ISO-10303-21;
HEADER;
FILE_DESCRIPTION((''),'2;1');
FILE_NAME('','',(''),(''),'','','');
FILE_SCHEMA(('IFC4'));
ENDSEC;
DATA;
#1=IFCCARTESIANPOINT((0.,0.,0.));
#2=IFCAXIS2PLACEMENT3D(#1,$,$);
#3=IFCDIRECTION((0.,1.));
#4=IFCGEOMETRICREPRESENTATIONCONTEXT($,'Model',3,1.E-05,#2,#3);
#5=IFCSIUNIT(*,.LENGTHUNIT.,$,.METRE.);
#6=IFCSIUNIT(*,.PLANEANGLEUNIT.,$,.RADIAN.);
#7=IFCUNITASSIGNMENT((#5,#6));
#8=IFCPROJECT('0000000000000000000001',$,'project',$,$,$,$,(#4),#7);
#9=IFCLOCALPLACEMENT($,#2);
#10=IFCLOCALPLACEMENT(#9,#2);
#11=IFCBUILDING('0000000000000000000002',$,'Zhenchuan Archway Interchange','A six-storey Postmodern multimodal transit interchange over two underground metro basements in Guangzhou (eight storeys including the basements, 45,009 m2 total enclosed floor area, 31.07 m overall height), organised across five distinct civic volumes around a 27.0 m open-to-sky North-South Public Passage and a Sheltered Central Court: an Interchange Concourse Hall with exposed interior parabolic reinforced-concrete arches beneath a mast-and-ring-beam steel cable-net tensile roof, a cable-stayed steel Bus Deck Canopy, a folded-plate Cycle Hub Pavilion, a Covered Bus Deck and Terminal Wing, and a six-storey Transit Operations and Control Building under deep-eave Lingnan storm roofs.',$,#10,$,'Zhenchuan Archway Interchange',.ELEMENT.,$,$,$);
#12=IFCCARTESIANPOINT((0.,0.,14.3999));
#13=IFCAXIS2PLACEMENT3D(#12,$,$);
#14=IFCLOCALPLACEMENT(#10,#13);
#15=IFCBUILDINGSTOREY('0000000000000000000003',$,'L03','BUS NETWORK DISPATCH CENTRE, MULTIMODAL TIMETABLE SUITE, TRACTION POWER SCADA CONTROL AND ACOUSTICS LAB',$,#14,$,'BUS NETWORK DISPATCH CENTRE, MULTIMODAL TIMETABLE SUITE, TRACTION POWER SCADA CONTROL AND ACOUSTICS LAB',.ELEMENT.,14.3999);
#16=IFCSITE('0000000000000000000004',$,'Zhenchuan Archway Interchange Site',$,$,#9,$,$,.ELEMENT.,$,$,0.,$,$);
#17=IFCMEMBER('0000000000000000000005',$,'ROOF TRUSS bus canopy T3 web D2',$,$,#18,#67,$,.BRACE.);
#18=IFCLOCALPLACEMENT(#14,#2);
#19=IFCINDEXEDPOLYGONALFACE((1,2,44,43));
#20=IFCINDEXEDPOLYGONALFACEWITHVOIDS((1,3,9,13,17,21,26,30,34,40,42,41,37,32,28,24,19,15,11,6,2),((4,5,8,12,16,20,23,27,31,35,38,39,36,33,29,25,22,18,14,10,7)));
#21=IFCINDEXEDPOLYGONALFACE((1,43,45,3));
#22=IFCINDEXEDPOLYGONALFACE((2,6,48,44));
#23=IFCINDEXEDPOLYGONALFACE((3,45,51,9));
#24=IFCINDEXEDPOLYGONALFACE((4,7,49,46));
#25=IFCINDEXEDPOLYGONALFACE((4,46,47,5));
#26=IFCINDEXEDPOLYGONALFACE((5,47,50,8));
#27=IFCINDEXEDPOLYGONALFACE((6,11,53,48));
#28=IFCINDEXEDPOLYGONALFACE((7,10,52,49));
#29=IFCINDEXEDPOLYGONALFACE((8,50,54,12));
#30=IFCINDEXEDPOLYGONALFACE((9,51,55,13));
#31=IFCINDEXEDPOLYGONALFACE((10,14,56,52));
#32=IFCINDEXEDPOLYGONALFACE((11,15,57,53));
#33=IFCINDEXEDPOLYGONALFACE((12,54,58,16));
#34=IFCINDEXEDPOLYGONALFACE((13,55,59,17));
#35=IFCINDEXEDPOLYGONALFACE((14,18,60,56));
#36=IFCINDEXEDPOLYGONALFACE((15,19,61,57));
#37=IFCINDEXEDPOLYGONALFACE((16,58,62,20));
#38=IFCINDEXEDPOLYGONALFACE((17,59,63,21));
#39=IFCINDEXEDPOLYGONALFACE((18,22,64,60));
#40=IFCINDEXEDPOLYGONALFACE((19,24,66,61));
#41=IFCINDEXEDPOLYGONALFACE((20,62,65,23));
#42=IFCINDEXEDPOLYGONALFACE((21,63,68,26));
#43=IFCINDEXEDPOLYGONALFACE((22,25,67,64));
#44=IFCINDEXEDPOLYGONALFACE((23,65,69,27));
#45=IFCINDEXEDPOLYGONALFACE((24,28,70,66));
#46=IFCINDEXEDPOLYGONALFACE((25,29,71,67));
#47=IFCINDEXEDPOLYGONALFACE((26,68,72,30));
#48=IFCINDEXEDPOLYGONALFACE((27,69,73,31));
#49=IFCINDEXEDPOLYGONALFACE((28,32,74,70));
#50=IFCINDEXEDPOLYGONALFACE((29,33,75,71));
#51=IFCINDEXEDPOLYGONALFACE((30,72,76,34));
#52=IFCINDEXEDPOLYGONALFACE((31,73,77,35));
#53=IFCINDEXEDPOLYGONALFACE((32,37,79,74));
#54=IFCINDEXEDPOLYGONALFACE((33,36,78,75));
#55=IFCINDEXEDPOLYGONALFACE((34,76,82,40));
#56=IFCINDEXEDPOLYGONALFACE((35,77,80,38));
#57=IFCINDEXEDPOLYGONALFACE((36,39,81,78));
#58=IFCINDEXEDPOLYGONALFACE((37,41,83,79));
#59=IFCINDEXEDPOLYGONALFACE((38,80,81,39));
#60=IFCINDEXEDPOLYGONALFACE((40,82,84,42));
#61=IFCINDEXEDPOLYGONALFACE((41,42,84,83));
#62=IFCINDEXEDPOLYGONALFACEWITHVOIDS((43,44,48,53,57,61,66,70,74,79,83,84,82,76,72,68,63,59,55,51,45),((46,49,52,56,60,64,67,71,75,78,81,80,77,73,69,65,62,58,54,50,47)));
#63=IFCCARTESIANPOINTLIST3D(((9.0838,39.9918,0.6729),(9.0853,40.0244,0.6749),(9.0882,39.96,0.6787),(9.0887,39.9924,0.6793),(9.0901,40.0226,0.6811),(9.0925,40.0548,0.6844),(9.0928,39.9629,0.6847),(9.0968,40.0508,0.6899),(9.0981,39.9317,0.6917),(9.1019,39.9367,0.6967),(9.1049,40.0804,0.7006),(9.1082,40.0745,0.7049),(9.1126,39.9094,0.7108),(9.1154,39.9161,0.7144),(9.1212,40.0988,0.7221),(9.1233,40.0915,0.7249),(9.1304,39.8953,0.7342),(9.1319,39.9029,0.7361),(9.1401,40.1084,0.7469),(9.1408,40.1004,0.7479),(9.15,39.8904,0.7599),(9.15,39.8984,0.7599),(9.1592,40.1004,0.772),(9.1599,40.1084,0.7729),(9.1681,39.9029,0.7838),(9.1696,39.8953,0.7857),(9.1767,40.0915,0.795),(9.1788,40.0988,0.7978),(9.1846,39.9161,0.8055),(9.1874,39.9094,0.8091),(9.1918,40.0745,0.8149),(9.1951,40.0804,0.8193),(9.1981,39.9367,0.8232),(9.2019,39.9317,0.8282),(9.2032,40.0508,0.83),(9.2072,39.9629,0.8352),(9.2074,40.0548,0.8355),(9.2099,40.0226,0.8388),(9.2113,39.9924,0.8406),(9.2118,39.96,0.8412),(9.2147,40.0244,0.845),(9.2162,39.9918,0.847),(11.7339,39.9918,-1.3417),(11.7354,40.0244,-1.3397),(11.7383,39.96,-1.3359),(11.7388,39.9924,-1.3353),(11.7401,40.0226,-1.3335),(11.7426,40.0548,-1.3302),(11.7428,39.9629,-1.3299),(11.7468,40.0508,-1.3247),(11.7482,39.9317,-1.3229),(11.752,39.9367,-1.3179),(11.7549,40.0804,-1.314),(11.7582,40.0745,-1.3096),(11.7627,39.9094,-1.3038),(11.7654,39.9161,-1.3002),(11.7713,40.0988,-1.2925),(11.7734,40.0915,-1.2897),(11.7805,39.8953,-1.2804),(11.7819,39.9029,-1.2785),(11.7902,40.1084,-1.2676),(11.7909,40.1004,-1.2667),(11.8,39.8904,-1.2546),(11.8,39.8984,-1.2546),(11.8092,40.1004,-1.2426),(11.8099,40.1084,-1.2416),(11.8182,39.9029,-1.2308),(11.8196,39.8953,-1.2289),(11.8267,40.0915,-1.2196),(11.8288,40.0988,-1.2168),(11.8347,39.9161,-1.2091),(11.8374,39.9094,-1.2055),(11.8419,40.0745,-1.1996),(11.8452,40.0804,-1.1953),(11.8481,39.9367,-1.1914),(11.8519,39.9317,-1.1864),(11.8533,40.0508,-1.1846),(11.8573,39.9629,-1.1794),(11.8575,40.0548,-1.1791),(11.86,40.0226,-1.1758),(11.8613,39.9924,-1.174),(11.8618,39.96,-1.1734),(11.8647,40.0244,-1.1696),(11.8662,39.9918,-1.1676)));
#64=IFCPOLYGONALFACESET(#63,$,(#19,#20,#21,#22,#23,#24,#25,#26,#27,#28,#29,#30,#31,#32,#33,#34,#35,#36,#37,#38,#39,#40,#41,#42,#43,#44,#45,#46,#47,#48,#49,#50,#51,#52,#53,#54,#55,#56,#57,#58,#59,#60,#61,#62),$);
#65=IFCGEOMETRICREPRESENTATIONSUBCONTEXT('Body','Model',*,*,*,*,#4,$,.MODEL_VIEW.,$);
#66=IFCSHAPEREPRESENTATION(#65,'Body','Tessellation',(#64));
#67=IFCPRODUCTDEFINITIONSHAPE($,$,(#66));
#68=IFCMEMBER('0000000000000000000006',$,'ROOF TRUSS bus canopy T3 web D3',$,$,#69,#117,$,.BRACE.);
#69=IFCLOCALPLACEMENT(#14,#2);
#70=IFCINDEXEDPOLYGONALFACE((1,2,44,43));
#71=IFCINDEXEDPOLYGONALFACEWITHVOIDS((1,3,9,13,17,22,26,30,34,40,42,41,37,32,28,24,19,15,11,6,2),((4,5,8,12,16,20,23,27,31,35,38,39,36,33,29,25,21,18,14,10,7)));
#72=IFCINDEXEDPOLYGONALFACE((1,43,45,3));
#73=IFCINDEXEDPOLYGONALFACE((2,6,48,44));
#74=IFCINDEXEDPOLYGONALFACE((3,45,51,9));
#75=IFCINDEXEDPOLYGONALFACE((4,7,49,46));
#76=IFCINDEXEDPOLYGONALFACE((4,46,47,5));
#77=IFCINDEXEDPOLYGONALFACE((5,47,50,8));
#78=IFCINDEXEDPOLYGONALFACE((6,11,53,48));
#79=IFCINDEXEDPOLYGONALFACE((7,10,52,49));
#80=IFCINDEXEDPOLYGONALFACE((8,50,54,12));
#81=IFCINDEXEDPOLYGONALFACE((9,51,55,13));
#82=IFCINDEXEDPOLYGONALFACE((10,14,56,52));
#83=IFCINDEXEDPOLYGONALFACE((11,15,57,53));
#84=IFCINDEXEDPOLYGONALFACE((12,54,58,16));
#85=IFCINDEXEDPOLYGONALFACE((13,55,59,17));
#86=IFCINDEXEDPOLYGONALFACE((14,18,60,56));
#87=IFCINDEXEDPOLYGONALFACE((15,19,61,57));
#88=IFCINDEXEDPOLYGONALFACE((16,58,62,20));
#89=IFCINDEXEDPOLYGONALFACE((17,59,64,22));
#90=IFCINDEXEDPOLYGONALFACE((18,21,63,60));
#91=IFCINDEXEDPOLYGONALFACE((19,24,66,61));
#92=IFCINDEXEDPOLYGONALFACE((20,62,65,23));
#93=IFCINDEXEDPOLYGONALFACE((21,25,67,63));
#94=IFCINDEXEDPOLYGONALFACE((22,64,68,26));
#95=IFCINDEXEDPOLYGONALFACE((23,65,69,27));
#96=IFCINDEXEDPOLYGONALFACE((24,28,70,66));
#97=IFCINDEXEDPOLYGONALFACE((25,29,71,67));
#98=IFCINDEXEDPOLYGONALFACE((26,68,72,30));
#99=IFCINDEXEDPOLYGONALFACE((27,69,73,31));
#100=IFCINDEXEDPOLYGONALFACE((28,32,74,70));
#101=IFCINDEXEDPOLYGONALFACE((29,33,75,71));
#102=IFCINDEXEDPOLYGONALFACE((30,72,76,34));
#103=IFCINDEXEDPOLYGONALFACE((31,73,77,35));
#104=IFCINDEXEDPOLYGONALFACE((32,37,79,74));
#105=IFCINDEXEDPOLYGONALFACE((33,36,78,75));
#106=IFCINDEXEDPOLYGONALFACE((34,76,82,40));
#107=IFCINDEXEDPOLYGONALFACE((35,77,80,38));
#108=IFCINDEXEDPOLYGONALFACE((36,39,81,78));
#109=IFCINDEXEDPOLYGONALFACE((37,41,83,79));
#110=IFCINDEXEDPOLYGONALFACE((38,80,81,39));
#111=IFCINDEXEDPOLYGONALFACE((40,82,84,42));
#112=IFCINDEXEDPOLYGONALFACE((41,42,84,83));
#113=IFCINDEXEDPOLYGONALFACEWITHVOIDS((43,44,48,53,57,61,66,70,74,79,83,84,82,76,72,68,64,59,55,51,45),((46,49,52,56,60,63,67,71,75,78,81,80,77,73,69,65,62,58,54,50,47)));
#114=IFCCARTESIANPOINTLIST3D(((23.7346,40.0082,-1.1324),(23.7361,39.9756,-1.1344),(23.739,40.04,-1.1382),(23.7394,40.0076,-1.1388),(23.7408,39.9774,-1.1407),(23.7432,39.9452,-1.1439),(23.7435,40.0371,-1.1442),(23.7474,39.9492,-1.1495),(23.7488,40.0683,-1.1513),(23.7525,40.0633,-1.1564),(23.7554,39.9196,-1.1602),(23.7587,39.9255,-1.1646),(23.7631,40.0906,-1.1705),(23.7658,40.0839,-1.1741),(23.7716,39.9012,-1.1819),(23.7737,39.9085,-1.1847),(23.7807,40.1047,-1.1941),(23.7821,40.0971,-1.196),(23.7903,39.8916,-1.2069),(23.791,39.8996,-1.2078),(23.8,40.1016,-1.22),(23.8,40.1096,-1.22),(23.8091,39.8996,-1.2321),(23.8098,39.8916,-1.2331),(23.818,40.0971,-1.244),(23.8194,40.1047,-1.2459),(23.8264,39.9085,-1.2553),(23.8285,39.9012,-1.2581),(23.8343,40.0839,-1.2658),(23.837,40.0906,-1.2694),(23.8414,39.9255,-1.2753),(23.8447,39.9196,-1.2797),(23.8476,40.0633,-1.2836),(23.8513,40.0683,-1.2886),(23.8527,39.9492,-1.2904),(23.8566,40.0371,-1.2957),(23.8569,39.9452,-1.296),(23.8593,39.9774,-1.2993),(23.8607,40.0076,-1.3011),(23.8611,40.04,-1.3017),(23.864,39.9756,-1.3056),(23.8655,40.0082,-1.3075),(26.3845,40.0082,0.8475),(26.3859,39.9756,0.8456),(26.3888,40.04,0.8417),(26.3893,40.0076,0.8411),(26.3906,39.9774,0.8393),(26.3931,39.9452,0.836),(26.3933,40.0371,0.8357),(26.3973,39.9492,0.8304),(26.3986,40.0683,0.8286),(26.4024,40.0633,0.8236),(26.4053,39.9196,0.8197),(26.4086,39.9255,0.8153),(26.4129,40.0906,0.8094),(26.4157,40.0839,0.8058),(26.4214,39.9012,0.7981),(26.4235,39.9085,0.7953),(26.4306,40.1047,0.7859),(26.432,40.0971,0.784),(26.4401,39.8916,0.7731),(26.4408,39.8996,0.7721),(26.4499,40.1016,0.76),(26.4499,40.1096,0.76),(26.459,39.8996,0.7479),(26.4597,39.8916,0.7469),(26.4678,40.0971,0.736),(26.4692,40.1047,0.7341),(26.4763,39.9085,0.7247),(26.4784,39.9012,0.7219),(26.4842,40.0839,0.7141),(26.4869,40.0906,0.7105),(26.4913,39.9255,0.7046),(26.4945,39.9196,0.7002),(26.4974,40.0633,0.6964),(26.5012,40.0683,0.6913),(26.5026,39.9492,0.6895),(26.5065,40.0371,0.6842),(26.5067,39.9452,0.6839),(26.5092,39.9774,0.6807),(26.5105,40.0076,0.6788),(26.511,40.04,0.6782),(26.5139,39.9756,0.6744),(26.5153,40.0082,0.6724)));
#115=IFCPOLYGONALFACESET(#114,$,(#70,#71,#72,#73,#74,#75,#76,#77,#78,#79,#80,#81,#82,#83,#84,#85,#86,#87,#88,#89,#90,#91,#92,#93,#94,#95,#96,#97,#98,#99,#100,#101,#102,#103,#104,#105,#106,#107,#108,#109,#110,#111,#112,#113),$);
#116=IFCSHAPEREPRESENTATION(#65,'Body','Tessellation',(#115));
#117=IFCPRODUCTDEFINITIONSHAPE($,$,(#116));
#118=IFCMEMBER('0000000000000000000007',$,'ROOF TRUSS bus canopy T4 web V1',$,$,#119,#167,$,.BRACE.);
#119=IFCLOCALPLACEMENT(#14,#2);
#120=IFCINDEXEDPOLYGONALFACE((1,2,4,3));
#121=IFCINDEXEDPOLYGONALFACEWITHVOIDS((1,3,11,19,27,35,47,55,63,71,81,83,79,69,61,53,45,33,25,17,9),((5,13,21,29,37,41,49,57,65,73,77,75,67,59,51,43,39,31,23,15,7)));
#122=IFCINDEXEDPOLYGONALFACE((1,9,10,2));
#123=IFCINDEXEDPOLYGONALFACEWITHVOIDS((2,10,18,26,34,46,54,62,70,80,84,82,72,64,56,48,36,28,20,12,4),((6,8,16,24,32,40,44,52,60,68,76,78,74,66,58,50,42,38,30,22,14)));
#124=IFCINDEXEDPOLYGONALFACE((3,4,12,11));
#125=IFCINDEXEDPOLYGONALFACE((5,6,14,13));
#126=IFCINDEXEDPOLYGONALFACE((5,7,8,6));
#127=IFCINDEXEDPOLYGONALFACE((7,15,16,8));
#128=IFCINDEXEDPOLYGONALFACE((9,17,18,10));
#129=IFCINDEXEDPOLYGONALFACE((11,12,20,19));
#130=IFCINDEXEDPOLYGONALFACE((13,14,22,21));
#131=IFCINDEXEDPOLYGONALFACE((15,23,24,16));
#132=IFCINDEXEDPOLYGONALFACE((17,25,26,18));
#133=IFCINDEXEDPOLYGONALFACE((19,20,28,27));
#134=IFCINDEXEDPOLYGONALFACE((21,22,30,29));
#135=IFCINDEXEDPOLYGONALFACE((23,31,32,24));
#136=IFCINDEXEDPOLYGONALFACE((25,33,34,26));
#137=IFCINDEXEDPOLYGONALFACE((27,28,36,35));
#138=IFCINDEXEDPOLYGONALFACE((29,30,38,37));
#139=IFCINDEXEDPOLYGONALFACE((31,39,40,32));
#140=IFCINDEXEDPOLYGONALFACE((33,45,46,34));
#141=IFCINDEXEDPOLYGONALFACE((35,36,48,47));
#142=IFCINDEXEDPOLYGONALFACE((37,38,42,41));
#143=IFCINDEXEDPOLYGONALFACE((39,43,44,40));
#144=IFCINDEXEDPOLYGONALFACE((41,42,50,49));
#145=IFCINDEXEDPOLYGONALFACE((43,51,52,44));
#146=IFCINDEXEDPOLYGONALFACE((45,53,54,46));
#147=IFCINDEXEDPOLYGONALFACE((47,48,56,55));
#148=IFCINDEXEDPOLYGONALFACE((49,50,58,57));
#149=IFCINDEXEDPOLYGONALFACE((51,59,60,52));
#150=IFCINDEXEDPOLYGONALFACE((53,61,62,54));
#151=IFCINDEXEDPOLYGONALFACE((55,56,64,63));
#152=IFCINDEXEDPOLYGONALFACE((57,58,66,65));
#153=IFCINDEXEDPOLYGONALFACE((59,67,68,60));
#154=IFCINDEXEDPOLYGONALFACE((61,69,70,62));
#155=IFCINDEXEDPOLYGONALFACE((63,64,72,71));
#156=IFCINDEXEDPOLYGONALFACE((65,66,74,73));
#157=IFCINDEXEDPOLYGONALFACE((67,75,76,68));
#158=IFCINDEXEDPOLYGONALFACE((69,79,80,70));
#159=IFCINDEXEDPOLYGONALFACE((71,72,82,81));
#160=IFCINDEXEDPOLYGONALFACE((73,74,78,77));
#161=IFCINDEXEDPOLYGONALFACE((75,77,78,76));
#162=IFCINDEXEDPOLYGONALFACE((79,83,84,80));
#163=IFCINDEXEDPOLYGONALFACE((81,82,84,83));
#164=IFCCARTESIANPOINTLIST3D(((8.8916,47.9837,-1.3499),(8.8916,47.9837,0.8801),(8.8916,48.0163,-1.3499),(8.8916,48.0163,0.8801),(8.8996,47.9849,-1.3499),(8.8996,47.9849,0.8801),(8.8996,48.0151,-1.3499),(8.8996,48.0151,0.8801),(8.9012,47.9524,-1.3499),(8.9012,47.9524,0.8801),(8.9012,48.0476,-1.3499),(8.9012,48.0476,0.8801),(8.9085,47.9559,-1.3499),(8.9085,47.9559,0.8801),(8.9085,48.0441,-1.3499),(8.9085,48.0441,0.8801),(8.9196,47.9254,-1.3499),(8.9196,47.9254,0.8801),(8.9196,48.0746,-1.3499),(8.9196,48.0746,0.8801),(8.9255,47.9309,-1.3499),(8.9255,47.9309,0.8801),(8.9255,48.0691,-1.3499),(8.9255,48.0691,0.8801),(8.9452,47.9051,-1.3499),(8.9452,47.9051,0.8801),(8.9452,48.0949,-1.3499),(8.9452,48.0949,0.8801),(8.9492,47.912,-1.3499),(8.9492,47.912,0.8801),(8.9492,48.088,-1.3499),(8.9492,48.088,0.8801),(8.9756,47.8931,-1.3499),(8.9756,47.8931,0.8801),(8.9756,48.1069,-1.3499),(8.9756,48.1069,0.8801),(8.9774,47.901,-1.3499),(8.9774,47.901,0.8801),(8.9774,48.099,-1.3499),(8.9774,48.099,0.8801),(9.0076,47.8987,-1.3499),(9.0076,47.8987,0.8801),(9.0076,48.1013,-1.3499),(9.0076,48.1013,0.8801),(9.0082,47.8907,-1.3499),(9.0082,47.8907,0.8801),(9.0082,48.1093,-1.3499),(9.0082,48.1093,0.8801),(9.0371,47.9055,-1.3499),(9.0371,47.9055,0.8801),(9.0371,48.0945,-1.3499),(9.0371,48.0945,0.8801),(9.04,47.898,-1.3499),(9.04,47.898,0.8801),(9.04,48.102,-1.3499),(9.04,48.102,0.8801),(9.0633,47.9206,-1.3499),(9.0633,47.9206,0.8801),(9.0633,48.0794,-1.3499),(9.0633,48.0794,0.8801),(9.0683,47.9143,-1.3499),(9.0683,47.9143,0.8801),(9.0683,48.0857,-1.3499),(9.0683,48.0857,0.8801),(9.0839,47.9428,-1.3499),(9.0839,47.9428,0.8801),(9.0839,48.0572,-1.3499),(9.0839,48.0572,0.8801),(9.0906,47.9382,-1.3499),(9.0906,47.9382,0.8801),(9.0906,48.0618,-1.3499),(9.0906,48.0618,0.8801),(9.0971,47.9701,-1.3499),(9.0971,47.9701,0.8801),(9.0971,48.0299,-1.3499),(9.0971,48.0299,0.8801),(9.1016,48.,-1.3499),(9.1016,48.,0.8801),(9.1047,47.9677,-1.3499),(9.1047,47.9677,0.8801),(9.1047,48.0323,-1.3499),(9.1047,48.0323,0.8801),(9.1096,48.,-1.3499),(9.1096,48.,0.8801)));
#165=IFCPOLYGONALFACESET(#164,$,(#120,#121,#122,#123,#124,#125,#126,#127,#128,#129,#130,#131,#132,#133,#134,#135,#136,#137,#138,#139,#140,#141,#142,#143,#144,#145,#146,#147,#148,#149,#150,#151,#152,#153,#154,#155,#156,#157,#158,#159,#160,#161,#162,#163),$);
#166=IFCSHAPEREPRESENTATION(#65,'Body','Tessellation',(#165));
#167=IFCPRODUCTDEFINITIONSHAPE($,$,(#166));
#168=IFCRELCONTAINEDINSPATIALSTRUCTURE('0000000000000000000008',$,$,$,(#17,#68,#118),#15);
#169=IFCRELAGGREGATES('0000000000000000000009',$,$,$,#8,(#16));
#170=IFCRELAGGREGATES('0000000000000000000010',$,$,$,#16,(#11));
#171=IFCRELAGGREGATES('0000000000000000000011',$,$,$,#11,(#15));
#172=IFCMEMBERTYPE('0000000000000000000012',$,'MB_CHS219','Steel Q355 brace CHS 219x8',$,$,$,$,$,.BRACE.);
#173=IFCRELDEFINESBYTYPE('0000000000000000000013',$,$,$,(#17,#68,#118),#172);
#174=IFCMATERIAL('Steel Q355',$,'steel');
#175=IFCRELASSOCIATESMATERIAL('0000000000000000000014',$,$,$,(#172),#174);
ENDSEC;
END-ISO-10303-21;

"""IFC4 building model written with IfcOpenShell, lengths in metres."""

from ifc_helpers import new_model, si_unit, direction, frame, origin, origin_2d, place, context, subcontext, project, spatial, hollow_circle, extrude, material, material_profile, profile_set, type_object, element, save


model = new_model("IFC4")

# Units and contexts
model_context = context("Model", 3, precision=1e-05, world=origin(), true_north=direction((0.0, 1.0)))
body_context = subcontext(model_context, "Body", "Model", "MODEL_VIEW")
ifc_project = project(units=[si_unit("LENGTHUNIT", "METRE"), si_unit("PLANEANGLEUNIT", "RADIAN")], contexts=[model_context])

# Site, building, storey
site_placement = place(None, origin())
site = spatial("IfcSite", under=ifc_project, at=site_placement, Name="Zhenchuan Archway Interchange Site", CompositionType="ELEMENT", RefElevation=0.0)
building_placement = place(site_placement, origin())
building = spatial("IfcBuilding", under=site, at=building_placement, Name="Zhenchuan Archway Interchange", Description="A six-storey Postmodern multimodal transit interchange over two underground metro basements in Guangzhou (eight storeys including the basements, 45,009 m2 total enclosed floor area, 31.07 m overall height), organised across five distinct civic volumes around a 27.0 m open-to-sky North-South Public Passage and a Sheltered Central Court: an Interchange Concourse Hall with exposed interior parabolic reinforced-concrete arches beneath a mast-and-ring-beam steel cable-net tensile roof, a cable-stayed steel Bus Deck Canopy, a folded-plate Cycle Hub Pavilion, a Covered Bus Deck and Terminal Wing, and a six-storey Transit Operations and Control Building under deep-eave Lingnan storm roofs.", LongName="Zhenchuan Archway Interchange", CompositionType="ELEMENT")
storey_placement = place(building_placement, frame((0.0, 0.0, 14.3999)))
storey = spatial("IfcBuildingStorey", under=building, at=storey_placement, Name="L03", Description="BUS NETWORK DISPATCH CENTRE, MULTIMODAL TIMETABLE SUITE, TRACTION POWER SCADA CONTROL AND ACOUSTICS LAB", LongName="BUS NETWORK DISPATCH CENTRE, MULTIMODAL TIMETABLE SUITE, TRACTION POWER SCADA CONTROL AND ACOUSTICS LAB", CompositionType="ELEMENT", Elevation=14.3999)

# Shared definitions
ifc_material_1 = material(Name="Steel Q355", Category="steel")

# Members
ifc_material_profile_1 = material_profile(ifc_material_1, hollow_circle(Radius=0.1096, WallThickness=0.0081, at=origin_2d()), Name="CHS 219x8")
ifc_profile_set_1 = profile_set([ifc_material_profile_1], Name="Steel Q355")
member_type_1 = type_object("IfcMemberType", Name="MB_CHS219", Description="Steel Q355 brace CHS 219x8", PredefinedType="BRACE", material=ifc_profile_set_1)
member_1_placement = place(storey_placement, frame((11.8, 40.0, -1.2546), z_axis=(-0.796084, 0.0, 0.605186), x_axis=(0.0, -1.0, 0.0)))
element("IfcMember", 1, at=member_1_placement, inside=storey, type_object=member_type_1, Name="ROOF TRUSS bus canopy T3 web D2", PredefinedType="BRACE", context=body_context, shape_type="SweptSolid", body=[
    extrude(hollow_circle(Radius=0.1096, WallThickness=0.0081, at=origin_2d()), origin(), (0.0, 0.0, 1.0), 3.3289),
])
member_2_placement = place(storey_placement, frame((23.8, 40.0, -1.22), z_axis=(0.801079, 0.0, 0.598558), x_axis=(0.0, 1.0, 0.0)))
element("IfcMember", 2, at=member_2_placement, inside=storey, type_object=member_type_1, Name="ROOF TRUSS bus canopy T3 web D3", PredefinedType="BRACE", context=body_context, shape_type="SweptSolid", body=[
    extrude(hollow_circle(Radius=0.1096, WallThickness=0.0081, at=origin_2d()), origin(), (0.0, 0.0, 1.0), 3.3079),
])
member_3_placement = place(storey_placement, frame((9.0, 48.0, -1.3499), z_axis=(0.0, 0.0, 1.0), x_axis=(1.0, 0.0, 0.0)))
element("IfcMember", 3, at=member_3_placement, inside=storey, type_object=member_type_1, Name="ROOF TRUSS bus canopy T4 web V1", PredefinedType="BRACE", context=body_context, shape_type="SweptSolid", body=[
    extrude(hollow_circle(Radius=0.1096, WallThickness=0.0081, at=origin_2d()), origin(), (0.0, 0.0, 1.0), 2.23),
])

save(model, "model.ifc")
